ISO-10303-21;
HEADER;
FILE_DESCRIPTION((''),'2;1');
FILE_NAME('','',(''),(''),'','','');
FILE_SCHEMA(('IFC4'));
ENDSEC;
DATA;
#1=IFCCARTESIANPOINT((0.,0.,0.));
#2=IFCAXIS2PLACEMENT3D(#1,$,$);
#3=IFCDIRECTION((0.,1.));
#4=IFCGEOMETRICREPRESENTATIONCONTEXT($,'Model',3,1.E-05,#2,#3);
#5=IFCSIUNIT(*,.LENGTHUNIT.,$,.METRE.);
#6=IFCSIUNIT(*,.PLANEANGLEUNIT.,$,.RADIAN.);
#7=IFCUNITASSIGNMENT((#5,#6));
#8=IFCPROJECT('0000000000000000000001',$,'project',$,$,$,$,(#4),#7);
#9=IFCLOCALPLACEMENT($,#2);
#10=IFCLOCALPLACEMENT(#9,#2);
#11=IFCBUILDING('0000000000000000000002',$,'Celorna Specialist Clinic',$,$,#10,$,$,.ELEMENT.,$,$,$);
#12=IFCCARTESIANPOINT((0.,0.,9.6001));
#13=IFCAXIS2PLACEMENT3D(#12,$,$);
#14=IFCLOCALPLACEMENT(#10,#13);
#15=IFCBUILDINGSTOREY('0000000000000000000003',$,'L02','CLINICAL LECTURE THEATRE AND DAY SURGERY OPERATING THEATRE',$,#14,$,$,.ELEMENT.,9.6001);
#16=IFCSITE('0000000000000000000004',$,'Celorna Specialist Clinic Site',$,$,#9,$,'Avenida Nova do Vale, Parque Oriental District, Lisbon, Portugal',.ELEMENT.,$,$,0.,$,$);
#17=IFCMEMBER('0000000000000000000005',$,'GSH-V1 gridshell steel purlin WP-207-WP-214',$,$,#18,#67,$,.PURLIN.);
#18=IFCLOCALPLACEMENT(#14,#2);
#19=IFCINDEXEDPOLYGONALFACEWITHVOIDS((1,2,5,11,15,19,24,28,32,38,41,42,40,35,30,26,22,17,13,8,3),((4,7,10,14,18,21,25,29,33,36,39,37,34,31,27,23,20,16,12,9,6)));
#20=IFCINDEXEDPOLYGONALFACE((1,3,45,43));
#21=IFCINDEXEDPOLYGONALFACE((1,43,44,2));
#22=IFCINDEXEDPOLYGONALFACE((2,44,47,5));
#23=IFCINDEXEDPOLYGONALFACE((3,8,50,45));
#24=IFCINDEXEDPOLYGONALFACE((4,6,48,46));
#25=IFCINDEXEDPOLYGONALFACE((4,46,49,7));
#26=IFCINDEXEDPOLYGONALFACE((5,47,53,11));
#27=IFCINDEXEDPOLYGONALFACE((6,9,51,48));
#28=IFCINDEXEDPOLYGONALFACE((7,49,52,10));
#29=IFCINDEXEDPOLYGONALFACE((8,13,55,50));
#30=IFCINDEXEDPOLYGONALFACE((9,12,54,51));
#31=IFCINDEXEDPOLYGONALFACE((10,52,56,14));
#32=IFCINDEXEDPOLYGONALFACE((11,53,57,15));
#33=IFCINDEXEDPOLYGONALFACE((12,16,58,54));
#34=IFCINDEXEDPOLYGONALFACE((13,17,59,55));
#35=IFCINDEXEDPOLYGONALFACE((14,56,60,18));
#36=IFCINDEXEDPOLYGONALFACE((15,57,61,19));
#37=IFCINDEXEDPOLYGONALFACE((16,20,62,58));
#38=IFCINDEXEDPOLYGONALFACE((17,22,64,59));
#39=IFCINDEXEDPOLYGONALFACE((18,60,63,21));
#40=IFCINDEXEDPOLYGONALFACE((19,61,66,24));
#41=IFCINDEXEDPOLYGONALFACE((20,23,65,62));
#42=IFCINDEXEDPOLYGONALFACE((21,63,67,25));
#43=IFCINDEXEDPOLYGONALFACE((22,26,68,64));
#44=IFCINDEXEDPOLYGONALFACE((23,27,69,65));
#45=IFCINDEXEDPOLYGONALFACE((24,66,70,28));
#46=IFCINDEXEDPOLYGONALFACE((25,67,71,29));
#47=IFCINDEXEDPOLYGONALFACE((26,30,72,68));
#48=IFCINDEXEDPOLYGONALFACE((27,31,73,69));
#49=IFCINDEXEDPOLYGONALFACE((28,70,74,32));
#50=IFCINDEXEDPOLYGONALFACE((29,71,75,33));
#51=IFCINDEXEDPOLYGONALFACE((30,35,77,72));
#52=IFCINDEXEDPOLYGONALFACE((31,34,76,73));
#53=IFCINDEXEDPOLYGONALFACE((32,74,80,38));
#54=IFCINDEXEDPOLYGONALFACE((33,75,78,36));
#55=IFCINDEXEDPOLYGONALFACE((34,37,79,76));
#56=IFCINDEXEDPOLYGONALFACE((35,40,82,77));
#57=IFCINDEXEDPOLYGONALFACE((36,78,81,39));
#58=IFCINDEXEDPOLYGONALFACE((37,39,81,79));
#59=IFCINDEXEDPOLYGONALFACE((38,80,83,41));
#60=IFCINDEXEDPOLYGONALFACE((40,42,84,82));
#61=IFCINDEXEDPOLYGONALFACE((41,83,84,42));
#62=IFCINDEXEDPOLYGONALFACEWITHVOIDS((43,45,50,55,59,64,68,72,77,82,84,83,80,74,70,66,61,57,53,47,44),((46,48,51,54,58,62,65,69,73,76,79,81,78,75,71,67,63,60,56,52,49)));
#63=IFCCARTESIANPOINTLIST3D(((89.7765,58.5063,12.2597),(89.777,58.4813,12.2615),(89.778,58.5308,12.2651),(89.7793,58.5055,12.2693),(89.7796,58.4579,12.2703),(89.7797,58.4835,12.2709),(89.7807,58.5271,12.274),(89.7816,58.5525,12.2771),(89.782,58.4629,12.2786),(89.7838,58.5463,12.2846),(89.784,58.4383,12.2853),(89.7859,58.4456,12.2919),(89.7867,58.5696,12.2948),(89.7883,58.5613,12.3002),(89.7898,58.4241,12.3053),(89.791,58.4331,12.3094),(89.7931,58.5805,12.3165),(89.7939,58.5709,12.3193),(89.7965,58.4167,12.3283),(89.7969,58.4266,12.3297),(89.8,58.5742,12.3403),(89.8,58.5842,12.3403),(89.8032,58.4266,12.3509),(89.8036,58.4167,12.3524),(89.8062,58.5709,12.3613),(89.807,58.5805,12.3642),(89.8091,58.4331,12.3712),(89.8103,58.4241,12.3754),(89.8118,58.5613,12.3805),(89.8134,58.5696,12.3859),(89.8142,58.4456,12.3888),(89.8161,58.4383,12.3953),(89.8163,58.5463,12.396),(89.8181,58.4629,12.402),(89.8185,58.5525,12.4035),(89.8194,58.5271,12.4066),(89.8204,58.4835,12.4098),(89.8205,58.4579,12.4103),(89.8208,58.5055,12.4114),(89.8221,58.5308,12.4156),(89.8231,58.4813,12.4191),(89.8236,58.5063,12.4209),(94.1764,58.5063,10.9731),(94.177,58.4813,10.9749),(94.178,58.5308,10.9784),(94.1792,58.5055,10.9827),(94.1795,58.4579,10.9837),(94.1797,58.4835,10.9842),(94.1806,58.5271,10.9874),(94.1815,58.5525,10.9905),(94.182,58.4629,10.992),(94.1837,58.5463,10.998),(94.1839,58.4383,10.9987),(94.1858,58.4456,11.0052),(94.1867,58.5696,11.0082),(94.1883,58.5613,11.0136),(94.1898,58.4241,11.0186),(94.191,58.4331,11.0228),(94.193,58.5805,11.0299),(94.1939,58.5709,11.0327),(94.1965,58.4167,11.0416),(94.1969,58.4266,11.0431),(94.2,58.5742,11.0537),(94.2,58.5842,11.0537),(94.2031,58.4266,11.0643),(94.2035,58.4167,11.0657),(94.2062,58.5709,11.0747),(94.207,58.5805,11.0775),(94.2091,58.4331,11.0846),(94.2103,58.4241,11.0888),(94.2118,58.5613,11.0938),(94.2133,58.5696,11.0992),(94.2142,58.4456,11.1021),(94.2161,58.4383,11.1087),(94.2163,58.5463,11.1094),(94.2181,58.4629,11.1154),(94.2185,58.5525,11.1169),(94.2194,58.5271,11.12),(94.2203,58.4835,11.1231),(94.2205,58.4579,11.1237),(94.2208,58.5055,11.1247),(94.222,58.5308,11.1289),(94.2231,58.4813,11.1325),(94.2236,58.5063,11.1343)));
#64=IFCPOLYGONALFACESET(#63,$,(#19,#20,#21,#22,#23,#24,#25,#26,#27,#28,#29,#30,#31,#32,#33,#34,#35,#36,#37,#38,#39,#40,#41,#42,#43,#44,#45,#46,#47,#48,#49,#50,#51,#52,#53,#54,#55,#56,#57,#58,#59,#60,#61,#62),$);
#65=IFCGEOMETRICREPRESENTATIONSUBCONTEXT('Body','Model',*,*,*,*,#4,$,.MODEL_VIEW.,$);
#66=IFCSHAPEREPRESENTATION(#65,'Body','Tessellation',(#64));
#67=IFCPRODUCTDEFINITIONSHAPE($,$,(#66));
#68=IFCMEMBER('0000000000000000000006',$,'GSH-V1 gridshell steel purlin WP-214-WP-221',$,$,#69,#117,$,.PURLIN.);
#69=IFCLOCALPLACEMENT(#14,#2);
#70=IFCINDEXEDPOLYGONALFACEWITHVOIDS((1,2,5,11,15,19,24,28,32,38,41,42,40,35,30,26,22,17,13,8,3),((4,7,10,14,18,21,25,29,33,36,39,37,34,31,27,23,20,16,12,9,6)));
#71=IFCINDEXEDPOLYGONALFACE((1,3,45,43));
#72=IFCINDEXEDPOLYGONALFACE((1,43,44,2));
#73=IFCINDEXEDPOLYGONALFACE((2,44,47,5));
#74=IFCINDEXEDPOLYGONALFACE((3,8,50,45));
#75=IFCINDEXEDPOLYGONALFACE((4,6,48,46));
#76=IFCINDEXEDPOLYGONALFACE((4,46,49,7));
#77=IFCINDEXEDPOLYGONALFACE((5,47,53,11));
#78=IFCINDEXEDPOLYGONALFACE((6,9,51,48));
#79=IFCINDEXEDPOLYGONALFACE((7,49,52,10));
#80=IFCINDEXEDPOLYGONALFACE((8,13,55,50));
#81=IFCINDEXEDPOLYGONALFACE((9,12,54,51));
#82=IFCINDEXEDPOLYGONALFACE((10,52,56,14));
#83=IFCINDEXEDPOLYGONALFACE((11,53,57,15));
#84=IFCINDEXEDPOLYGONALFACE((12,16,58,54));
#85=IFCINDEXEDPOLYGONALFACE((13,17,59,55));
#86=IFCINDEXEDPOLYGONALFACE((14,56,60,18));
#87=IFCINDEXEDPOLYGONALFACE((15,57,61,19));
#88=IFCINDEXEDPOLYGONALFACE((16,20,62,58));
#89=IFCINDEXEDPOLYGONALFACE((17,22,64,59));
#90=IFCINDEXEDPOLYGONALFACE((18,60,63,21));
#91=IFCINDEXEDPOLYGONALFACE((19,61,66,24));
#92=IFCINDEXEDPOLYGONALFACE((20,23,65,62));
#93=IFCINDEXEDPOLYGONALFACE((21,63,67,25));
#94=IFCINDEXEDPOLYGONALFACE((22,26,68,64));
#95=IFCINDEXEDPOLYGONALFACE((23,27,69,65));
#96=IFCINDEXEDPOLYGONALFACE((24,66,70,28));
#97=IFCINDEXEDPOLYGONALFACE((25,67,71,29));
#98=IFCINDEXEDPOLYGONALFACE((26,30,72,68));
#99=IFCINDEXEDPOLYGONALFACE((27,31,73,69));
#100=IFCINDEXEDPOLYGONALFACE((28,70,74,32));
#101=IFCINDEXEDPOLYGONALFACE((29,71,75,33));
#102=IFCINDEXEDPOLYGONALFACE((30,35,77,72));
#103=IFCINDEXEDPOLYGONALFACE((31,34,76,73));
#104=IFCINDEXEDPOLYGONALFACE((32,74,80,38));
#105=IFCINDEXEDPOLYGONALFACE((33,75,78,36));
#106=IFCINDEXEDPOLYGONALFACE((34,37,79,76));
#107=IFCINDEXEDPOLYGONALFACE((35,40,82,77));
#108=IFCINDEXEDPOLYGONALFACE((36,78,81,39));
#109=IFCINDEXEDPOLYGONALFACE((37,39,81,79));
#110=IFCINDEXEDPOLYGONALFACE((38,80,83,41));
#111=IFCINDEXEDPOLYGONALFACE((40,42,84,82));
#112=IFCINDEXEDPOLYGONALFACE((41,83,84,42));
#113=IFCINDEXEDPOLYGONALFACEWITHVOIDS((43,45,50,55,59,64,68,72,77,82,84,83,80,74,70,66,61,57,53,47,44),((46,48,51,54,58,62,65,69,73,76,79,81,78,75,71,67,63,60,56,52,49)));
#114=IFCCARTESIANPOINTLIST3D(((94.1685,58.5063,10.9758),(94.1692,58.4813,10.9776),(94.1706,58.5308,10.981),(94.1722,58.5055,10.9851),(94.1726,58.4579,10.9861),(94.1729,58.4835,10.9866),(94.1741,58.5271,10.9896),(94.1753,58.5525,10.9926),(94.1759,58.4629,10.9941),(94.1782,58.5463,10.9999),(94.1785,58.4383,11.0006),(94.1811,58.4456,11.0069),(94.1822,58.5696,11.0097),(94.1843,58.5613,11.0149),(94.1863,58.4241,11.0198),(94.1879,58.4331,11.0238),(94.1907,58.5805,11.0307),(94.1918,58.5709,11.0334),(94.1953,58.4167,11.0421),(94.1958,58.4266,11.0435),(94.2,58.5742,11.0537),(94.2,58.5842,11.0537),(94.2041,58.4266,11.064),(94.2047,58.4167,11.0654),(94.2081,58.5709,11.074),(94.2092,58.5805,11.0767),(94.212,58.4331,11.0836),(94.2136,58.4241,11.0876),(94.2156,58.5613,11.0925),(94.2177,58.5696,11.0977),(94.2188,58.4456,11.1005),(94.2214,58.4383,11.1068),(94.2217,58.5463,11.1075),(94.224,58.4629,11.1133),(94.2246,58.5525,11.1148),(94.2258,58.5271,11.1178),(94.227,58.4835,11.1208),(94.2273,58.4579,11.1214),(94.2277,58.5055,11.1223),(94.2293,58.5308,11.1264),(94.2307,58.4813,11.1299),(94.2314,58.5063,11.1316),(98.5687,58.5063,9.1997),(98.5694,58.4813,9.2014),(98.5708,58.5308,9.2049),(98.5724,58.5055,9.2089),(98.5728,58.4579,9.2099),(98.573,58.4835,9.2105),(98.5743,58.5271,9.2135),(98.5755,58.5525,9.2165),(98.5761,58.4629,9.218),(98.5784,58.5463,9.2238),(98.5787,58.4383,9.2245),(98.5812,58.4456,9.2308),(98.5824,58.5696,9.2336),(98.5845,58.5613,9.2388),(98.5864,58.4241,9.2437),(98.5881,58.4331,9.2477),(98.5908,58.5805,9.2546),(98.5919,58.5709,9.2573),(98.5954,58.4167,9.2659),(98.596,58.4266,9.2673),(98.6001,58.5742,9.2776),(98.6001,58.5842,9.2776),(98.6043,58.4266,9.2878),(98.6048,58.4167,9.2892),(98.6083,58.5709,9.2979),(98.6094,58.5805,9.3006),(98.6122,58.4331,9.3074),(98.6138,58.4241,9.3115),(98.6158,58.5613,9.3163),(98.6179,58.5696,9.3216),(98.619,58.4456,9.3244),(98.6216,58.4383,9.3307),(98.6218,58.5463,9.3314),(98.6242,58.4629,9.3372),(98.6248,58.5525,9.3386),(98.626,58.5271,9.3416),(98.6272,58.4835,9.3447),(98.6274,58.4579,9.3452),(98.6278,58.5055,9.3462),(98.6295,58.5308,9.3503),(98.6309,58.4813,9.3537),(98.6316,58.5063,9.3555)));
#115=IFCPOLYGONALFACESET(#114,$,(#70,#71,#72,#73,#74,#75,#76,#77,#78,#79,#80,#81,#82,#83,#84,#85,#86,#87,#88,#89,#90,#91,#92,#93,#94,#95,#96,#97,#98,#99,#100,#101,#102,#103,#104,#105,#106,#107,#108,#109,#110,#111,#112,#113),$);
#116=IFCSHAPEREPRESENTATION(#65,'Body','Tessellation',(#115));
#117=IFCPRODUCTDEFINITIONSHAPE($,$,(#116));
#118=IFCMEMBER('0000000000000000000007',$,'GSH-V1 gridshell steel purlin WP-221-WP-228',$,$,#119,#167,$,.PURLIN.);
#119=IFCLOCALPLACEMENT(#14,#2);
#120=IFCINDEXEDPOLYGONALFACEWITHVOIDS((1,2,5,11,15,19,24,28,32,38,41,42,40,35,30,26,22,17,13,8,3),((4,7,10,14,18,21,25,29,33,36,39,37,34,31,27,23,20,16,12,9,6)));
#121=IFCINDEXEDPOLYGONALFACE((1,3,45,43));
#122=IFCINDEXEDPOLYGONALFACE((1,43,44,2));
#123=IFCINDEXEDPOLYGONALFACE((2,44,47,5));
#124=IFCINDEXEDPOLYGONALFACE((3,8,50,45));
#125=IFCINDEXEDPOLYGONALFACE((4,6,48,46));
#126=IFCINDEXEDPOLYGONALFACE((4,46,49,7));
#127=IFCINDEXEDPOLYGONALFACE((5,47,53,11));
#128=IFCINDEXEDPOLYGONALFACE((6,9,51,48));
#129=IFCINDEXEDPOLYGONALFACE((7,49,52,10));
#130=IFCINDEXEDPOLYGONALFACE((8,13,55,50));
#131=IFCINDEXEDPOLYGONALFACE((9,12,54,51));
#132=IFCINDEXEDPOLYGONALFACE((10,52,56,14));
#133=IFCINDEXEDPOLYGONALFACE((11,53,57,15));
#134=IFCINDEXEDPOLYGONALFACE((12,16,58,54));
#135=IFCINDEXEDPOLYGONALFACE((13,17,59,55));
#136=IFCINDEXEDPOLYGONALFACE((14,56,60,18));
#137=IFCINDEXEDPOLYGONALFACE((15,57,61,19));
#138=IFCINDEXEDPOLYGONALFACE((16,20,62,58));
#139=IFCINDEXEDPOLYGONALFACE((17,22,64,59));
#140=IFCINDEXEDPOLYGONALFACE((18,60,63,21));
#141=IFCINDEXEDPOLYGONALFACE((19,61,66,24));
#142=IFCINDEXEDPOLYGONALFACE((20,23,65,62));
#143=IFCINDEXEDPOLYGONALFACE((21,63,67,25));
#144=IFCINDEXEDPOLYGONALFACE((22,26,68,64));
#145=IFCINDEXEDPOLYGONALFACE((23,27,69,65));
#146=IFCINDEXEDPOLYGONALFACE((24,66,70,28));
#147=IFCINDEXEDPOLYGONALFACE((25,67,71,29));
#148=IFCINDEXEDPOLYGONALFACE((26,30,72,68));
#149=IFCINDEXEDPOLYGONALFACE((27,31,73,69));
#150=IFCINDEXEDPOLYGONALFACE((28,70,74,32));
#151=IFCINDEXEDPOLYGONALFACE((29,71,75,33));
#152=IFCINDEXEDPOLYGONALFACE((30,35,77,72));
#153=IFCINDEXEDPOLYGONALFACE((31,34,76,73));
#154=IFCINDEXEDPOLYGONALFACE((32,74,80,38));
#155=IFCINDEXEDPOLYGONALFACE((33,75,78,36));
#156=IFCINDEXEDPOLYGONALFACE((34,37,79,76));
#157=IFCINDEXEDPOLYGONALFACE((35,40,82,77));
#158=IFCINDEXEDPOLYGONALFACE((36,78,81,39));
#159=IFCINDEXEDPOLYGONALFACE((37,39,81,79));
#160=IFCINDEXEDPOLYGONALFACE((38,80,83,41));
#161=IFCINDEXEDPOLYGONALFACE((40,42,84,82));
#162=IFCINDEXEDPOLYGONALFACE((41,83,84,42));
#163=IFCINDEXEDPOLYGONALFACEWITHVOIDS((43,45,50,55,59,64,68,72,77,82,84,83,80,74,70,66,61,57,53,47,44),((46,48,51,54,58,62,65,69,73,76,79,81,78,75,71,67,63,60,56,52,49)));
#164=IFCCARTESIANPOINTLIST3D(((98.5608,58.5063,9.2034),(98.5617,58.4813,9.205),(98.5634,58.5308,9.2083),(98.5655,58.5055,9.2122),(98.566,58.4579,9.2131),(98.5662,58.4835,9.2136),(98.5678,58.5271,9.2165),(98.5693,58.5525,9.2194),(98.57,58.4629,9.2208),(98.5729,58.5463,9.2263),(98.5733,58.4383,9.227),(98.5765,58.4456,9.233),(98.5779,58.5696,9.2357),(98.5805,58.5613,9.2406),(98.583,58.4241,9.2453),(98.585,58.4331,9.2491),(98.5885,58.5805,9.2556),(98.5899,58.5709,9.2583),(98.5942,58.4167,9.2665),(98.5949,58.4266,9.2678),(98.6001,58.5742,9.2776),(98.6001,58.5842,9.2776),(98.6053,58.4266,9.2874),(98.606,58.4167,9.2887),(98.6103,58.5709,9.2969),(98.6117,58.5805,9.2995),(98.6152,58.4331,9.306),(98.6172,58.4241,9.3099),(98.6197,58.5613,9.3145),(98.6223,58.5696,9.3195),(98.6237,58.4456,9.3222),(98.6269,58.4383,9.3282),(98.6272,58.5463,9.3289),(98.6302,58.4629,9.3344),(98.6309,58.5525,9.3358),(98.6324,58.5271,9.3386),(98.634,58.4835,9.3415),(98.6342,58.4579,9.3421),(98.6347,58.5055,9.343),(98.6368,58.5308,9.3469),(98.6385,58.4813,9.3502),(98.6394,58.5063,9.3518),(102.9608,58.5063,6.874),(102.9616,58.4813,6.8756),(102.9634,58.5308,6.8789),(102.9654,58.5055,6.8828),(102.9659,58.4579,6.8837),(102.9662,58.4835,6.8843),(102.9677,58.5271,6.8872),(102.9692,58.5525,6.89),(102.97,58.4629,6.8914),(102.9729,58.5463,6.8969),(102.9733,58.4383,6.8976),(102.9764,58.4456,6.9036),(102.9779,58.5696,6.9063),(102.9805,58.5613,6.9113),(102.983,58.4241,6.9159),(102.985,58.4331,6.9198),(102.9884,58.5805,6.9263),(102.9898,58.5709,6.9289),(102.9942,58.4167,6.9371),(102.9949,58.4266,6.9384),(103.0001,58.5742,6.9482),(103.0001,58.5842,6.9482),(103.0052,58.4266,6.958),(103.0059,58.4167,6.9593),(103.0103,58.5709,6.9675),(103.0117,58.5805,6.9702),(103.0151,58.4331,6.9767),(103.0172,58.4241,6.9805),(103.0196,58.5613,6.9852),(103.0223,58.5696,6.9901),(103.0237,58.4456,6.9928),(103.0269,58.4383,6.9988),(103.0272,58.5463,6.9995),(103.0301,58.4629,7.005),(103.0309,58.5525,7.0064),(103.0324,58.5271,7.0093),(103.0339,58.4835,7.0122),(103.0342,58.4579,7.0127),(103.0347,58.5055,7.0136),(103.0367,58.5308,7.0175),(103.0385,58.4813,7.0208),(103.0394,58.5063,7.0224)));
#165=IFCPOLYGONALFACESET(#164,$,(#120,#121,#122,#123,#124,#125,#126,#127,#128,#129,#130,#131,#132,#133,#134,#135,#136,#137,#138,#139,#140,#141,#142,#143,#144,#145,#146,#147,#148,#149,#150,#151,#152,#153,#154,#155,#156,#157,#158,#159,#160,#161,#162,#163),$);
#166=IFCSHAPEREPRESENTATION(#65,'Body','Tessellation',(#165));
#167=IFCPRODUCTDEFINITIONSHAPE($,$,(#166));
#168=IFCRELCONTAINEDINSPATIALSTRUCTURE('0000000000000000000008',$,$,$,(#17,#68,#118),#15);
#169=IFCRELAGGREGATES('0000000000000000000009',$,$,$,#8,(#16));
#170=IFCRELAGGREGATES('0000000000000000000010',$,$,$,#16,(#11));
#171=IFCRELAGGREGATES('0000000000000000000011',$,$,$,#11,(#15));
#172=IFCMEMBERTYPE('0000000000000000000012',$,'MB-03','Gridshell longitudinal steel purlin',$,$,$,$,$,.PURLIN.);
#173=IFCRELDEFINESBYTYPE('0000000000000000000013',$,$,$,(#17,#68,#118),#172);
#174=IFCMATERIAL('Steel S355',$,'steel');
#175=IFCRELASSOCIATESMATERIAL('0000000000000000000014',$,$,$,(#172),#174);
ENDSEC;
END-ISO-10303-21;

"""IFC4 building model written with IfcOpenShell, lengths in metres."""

from ifc_helpers import new_model, si_unit, direction, frame, origin, origin_2d, place, context, subcontext, project, spatial, hollow_circle, extrude, material, material_profile, profile_set, type_object, element, save


model = new_model("IFC4")

# Units and contexts
model_context = context("Model", 3, precision=1e-05, world=origin(), true_north=direction((0.0, 1.0)))
body_context = subcontext(model_context, "Body", "Model", "MODEL_VIEW")
ifc_project = project(units=[si_unit("LENGTHUNIT", "METRE"), si_unit("PLANEANGLEUNIT", "RADIAN")], contexts=[model_context])

# Site, building, storey
site_placement = place(None, origin())
site = spatial("IfcSite", under=ifc_project, at=site_placement, Name="Celorna Specialist Clinic Site", LongName="Avenida Nova do Vale, Parque Oriental District, Lisbon, Portugal", CompositionType="ELEMENT", RefElevation=0.0)
building_placement = place(site_placement, origin())
building = spatial("IfcBuilding", under=site, at=building_placement, Name="Celorna Specialist Clinic", CompositionType="ELEMENT")
storey_placement = place(building_placement, frame((0.0, 0.0, 9.6001)))
storey = spatial("IfcBuildingStorey", under=building, at=storey_placement, Name="L02", Description="CLINICAL LECTURE THEATRE AND DAY SURGERY OPERATING THEATRE", CompositionType="ELEMENT", Elevation=9.6001)

# Members
ifc_material_1 = material(Name="Steel S355", Category="steel")
ifc_material_profile_1 = material_profile(ifc_material_1, hollow_circle(Radius=0.0842, WallThickness=0.01, at=origin_2d()), Name="CHS 168.3x10")
ifc_profile_set_1 = profile_set([ifc_material_profile_1], Name="Steel S355")
member_type_1 = type_object("IfcMemberType", Name="MB-03", Description="Gridshell longitudinal steel purlin", PredefinedType="PURLIN", material=ifc_profile_set_1)
member_1_placement = place(storey_placement, frame((89.8, 58.5, 12.3403), z_axis=(0.959805, 0.0, -0.280667), x_axis=(0.0, 1.0, 0.0)))
element("IfcMember", 1, at=member_1_placement, inside=storey, type_object=member_type_1, Name="GSH-V1 gridshell steel purlin WP-207-WP-214", PredefinedType="PURLIN", context=body_context, shape_type="SweptSolid", body=[
    extrude(hollow_circle(Radius=0.0842, WallThickness=0.01, at=origin_2d()), origin(), (0.0, 0.0, 1.0), 4.5842),
])
member_2_placement = place(storey_placement, frame((94.2, 58.5, 11.0537), z_axis=(0.927305, 0.0, -0.374307), x_axis=(0.0, 1.0, 0.0)))
element("IfcMember", 2, at=member_2_placement, inside=storey, type_object=member_type_1, Name="GSH-V1 gridshell steel purlin WP-214-WP-221", PredefinedType="PURLIN", context=body_context, shape_type="SweptSolid", body=[
    extrude(hollow_circle(Radius=0.0842, WallThickness=0.01, at=origin_2d()), origin(), (0.0, 0.0, 1.0), 4.7451),
])
member_3_placement = place(storey_placement, frame((98.6001, 58.5, 9.2776), z_axis=(0.883789, 0.0, -0.467885), x_axis=(0.0, 1.0, 0.0)))
element("IfcMember", 3, at=member_3_placement, inside=storey, type_object=member_type_1, Name="GSH-V1 gridshell steel purlin WP-221-WP-228", PredefinedType="PURLIN", context=body_context, shape_type="SweptSolid", body=[
    extrude(hollow_circle(Radius=0.0842, WallThickness=0.01, at=origin_2d()), origin(), (0.0, 0.0, 1.0), 4.9785),
])

save(model, "model.ifc")
